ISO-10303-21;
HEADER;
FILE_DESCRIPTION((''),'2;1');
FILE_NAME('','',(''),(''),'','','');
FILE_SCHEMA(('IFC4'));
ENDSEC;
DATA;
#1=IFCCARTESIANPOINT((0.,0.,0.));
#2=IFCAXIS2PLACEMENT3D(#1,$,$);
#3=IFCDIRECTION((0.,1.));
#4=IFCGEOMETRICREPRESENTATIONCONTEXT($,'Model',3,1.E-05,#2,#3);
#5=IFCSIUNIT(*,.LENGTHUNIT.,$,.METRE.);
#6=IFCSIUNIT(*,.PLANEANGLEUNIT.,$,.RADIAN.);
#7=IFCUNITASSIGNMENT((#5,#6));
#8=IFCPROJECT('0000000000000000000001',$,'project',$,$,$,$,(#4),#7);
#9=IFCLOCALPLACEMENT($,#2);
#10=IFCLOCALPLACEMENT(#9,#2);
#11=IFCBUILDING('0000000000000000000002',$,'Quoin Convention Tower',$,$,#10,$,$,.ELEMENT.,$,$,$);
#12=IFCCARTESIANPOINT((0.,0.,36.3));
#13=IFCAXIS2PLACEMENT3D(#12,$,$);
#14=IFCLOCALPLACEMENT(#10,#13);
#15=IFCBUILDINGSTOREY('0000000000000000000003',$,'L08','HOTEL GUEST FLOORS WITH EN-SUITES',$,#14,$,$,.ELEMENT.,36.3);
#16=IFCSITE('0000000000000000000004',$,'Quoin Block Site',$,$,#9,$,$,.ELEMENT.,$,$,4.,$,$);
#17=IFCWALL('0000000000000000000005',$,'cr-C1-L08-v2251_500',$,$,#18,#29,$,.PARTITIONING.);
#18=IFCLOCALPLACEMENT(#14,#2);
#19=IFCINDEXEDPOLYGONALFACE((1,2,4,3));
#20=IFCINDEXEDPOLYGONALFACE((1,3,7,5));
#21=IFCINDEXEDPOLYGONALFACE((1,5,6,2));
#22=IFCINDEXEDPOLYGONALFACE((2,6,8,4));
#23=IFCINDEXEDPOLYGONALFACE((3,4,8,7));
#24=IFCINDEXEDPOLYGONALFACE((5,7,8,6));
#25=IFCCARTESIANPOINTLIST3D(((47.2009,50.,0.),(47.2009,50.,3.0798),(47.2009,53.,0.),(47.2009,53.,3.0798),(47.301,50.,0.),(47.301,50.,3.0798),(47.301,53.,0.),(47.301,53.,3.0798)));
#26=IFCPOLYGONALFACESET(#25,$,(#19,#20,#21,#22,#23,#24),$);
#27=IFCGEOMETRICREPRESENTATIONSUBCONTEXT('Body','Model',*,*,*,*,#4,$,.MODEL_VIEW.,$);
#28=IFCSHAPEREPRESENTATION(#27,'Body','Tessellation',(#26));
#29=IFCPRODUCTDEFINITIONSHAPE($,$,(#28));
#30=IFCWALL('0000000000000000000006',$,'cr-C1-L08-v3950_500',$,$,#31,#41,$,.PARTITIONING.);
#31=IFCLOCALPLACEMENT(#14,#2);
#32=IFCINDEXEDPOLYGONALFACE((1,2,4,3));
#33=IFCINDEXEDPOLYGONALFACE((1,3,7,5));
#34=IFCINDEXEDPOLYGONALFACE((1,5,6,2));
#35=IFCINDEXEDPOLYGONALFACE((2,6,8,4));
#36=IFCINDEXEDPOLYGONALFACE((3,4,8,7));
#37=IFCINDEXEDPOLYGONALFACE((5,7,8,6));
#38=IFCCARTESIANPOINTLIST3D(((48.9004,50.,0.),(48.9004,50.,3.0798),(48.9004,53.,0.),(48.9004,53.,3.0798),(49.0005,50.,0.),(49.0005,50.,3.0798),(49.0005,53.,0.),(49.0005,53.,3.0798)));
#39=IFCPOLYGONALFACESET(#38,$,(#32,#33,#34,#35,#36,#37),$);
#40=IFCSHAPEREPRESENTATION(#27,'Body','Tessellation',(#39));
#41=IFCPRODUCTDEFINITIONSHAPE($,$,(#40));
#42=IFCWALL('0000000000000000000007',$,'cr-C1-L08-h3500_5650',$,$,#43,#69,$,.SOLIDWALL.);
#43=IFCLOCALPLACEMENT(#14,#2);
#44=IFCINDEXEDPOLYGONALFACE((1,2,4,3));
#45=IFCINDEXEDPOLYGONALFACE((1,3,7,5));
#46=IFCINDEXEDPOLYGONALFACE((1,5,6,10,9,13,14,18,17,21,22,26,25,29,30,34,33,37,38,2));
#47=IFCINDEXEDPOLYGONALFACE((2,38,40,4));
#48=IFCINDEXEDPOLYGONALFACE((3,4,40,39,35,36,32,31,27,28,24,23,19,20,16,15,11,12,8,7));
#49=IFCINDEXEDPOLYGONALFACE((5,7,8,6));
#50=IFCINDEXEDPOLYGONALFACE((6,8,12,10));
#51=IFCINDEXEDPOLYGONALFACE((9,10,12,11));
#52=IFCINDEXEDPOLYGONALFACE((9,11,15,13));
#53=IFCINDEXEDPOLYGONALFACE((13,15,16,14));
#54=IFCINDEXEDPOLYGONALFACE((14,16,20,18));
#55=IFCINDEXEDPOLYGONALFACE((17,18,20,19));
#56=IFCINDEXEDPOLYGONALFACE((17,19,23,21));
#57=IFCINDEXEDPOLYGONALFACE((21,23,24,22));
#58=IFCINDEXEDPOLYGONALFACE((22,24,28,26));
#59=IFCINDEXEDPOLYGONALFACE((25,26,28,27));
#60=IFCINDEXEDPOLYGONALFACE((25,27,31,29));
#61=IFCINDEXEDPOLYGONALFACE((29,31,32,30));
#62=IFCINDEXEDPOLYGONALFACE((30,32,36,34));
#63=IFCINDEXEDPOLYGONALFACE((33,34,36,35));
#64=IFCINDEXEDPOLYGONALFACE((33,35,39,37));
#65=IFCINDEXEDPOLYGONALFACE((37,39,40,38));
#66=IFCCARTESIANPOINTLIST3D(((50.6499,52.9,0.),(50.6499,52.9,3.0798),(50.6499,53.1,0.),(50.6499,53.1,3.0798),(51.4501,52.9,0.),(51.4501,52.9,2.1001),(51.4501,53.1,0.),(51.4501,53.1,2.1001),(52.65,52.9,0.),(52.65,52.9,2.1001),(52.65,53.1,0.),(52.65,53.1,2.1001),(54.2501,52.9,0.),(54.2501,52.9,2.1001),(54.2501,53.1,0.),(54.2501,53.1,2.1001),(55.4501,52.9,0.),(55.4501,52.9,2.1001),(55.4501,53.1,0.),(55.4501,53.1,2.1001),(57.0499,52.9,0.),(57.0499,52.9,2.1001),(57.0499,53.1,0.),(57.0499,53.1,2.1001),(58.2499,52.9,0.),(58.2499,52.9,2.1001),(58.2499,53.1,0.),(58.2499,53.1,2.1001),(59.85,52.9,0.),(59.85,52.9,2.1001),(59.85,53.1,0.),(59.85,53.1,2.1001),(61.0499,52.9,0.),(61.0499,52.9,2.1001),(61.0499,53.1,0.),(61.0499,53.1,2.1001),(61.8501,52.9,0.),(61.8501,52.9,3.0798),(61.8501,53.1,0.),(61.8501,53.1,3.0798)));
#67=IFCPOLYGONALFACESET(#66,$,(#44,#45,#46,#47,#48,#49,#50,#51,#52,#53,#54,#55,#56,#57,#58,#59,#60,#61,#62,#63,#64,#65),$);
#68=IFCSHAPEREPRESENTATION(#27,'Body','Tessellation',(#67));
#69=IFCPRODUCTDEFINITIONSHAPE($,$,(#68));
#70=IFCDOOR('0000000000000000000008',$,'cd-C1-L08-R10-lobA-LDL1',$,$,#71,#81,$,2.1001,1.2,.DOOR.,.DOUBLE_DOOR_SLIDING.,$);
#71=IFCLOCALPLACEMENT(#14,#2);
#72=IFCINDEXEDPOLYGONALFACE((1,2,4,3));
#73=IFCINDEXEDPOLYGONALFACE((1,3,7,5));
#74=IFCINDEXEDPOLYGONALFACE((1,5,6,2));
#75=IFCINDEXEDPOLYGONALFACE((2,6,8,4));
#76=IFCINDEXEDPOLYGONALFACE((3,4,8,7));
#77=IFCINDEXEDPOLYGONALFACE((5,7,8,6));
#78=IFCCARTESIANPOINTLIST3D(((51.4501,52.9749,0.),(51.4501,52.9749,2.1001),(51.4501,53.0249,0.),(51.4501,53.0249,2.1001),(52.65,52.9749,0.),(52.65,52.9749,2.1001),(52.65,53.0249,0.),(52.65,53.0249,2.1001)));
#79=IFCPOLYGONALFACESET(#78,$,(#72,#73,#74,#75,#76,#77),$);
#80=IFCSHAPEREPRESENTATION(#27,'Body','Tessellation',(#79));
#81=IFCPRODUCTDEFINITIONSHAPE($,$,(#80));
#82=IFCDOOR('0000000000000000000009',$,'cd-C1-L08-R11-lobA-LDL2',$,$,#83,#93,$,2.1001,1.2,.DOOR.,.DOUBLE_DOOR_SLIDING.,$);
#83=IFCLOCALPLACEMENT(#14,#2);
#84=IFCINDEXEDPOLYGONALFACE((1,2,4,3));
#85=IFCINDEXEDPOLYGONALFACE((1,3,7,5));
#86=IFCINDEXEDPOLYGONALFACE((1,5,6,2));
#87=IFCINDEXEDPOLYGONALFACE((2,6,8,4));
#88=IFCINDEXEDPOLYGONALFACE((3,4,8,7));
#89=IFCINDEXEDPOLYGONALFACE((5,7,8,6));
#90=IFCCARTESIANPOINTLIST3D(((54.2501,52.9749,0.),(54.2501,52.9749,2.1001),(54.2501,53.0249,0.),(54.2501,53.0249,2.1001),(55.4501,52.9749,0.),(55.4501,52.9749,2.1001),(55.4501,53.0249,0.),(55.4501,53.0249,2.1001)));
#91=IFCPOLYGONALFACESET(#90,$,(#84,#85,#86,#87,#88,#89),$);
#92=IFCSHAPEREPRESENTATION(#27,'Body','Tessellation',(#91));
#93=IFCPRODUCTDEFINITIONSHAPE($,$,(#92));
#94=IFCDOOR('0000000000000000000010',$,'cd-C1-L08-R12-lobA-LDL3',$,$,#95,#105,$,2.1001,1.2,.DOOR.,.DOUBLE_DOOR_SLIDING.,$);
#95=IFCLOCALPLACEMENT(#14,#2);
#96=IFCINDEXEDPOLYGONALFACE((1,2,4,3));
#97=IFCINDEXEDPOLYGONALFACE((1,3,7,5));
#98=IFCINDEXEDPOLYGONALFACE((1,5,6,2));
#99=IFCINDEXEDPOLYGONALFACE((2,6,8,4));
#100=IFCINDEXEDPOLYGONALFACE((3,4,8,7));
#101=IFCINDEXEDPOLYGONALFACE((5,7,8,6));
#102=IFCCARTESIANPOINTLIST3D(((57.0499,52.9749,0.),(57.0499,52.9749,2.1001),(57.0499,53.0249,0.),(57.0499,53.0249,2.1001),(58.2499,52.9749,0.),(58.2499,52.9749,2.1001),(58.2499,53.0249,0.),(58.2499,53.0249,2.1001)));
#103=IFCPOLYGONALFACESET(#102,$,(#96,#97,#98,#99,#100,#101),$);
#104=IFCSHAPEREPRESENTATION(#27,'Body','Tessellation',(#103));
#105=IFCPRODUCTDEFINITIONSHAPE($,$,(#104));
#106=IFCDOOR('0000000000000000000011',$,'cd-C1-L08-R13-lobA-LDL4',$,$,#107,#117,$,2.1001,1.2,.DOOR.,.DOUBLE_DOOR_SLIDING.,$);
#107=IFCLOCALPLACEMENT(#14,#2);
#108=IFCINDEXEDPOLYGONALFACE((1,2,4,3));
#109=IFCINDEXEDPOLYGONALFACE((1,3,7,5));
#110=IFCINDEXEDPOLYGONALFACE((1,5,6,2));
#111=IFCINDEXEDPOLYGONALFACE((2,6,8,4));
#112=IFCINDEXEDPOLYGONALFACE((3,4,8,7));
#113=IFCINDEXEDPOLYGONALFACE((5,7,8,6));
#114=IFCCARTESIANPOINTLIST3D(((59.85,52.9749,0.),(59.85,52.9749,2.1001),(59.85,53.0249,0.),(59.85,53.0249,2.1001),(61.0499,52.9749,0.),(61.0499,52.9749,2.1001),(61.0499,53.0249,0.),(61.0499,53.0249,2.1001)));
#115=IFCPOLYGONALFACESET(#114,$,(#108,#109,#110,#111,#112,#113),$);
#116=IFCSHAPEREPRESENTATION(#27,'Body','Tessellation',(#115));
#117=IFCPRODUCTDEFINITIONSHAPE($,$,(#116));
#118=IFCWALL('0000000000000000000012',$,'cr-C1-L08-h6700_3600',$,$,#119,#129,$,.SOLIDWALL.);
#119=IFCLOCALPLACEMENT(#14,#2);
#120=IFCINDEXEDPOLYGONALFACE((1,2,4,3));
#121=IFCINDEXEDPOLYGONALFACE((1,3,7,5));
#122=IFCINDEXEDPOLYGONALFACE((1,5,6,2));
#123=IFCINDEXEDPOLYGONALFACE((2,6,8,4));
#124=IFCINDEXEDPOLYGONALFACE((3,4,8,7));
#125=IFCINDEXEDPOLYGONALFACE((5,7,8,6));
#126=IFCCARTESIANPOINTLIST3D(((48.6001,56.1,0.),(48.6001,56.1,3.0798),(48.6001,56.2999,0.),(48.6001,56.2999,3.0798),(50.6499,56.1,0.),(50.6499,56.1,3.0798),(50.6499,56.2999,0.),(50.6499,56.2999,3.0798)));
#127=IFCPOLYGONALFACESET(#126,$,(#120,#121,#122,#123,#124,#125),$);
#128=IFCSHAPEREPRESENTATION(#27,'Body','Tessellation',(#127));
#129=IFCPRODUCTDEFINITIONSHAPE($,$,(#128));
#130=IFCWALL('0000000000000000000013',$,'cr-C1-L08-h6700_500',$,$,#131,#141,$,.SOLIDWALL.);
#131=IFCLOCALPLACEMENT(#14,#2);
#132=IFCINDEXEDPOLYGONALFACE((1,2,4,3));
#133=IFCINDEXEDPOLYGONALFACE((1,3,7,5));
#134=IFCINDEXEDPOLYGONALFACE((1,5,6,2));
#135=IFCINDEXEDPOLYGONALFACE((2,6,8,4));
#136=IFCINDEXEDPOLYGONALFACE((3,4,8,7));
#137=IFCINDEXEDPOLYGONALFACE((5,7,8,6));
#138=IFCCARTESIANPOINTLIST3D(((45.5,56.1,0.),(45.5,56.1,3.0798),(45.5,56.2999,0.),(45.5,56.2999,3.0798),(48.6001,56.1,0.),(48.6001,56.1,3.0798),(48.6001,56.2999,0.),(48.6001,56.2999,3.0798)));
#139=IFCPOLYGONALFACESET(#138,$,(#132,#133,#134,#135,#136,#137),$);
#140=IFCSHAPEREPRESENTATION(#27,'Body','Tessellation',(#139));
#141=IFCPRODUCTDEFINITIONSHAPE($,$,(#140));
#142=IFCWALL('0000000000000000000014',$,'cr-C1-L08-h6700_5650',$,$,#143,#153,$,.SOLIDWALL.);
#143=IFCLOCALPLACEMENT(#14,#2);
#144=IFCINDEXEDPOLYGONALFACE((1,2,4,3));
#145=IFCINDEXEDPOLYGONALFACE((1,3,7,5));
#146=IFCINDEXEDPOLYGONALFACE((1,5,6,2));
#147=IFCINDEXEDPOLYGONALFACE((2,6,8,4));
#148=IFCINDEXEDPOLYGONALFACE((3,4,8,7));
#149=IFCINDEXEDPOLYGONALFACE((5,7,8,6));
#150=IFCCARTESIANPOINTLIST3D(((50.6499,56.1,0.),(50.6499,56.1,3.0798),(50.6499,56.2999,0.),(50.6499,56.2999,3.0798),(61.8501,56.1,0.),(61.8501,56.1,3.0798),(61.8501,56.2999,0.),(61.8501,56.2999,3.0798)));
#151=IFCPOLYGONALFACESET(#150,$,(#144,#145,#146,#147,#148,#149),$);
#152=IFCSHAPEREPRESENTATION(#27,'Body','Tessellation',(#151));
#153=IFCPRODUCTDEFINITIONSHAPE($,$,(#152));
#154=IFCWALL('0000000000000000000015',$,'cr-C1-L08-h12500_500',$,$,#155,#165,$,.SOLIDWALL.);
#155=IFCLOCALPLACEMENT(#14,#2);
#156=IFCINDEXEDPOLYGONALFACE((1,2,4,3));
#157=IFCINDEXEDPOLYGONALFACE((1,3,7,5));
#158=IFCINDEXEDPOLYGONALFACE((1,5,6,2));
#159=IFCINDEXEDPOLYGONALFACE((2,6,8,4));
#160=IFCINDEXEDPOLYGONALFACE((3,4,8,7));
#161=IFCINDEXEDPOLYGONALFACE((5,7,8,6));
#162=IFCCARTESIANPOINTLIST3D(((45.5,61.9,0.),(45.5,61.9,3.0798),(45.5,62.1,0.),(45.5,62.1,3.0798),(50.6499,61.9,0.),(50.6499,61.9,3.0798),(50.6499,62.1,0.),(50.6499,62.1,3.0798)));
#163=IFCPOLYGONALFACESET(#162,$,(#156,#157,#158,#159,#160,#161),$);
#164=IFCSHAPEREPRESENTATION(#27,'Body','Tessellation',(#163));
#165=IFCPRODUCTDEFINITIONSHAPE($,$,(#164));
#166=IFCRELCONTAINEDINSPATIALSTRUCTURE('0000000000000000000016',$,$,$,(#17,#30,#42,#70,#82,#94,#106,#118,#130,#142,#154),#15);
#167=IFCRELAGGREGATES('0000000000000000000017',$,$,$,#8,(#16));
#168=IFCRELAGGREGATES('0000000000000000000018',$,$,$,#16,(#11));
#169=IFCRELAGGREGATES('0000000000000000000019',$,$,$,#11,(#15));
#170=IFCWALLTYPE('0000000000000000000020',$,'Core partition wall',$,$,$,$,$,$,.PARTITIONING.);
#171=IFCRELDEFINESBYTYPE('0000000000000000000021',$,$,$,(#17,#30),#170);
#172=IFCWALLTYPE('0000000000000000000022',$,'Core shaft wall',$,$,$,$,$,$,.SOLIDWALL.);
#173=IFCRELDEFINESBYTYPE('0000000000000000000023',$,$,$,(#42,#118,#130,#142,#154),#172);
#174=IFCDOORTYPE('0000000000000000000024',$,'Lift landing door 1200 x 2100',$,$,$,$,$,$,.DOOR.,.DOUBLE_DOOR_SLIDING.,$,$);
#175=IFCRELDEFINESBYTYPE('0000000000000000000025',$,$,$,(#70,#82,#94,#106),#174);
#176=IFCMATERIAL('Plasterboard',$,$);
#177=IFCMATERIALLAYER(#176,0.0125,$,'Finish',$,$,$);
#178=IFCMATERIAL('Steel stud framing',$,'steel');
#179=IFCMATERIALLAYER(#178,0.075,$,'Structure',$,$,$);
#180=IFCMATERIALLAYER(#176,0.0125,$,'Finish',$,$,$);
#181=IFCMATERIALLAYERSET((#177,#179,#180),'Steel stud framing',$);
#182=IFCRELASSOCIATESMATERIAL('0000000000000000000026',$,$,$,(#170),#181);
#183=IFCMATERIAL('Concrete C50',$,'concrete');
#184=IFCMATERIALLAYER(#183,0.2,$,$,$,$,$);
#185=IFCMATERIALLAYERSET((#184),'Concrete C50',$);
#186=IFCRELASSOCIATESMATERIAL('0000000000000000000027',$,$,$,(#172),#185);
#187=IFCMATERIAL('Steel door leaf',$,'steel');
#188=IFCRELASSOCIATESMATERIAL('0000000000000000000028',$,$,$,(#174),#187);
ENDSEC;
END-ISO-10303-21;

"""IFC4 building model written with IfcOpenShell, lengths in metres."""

from ifc_helpers import new_model, si_unit, direction, frame, frame_2d, origin, place, context, subcontext, project, spatial, rectangle, extrude, material, layer, layer_set, type_object, element, fill, save


model = new_model("IFC4")

# Units and contexts
model_context = context("Model", 3, precision=1e-05, world=origin(), true_north=direction((0.0, 1.0)))
body_context = subcontext(model_context, "Body", "Model", "MODEL_VIEW")
ifc_project = project(units=[si_unit("LENGTHUNIT", "METRE"), si_unit("PLANEANGLEUNIT", "RADIAN")], contexts=[model_context])

# Site, building, storey
site_placement = place(None, origin())
site = spatial("IfcSite", under=ifc_project, at=site_placement, Name="Quoin Block Site", CompositionType="ELEMENT", RefElevation=4.0)
building_placement = place(site_placement, origin())
building = spatial("IfcBuilding", under=site, at=building_placement, Name="Quoin Convention Tower", CompositionType="ELEMENT")
storey_placement = place(building_placement, frame((0.0, 0.0, 36.3)))
storey = spatial("IfcBuildingStorey", under=building, at=storey_placement, Name="L08", Description="HOTEL GUEST FLOORS WITH EN-SUITES", CompositionType="ELEMENT", Elevation=36.3)

# Walls
ifc_material_1 = material(Name="Plasterboard")
ifc_layer_1 = layer(ifc_material_1, 0.0125, Name="Finish")
ifc_material_2 = material(Name="Steel stud framing", Category="steel")
ifc_layer_2 = layer(ifc_material_2, 0.075, Name="Structure")
ifc_layer_3 = layer(ifc_material_1, 0.0125, Name="Finish")
ifc_layer_set_1 = layer_set([ifc_layer_1, ifc_layer_2, ifc_layer_3], Name="Steel stud framing")
wall_type_1 = type_object("IfcWallType", Name="Core partition wall", PredefinedType="PARTITIONING", material=ifc_layer_set_1)
for number, where, z_axis, x_axis, name in (
    (1, (47.251, 50.0, 0.0), (0.0, 0.0, 1.0), (0.0, 1.0, 0.0), "cr-C1-L08-v2251_500"),
    (2, (48.9504, 50.0, 0.0), (0.0, 0.0, 1.0), (0.0, 1.0, 0.0), "cr-C1-L08-v3950_500"),
):
    element("IfcWall", number, at=place(storey_placement, frame(where, z_axis=z_axis, x_axis=x_axis)), inside=storey, type_object=wall_type_1, Name=name, PredefinedType="PARTITIONING", context=body_context, shape_type="SweptSolid", body=[
        extrude(rectangle(XDim=3.0, YDim=0.1001, at=frame_2d((1.5, 0.0))), origin(), (0.0, 0.0, 1.0), 3.0798),
    ])

# Wall, openings, doors
ifc_material_3 = material(Name="Concrete C50", Category="concrete")
ifc_layer_4 = layer(ifc_material_3, 0.2)
ifc_layer_set_2 = layer_set([ifc_layer_4], Name="Concrete C50")
wall_type_2 = type_object("IfcWallType", Name="Core shaft wall", PredefinedType="SOLIDWALL", material=ifc_layer_set_2)
wall_1_placement = place(storey_placement, frame((50.6499, 53.0, 0.0), z_axis=(0.0, 0.0, 1.0), x_axis=(1.0, 0.0, 0.0)))
wall_1 = element("IfcWall", 3, at=wall_1_placement, inside=storey, type_object=wall_type_2, Name="cr-C1-L08-h3500_5650", PredefinedType="SOLIDWALL", context=body_context, shape_type="SweptSolid", body=[
    extrude(rectangle(XDim=11.2002, YDim=0.2, at=frame_2d((5.6001, 0.0))), origin(), (0.0, 0.0, 1.0), 3.0798),
])
opening_1_placement = place(wall_1_placement, frame((0.8, 0.0, 0.0)))
opening_1 = element("IfcOpeningElement", 4, at=opening_1_placement, cuts=wall_1, PredefinedType="OPENING", context=body_context, shape_type="SweptSolid", body=[
    extrude(rectangle(XDim=1.2, YDim=2.1001, at=frame_2d((0.6001, 1.05))), frame((0.0, 0.1099, 0.0), z_axis=(0.0, -1.0, 0.0), x_axis=(1.0, 0.0, 0.0)), (0.0, 0.0, 1.0), 0.22),
])
opening_2_placement = place(wall_1_placement, frame((3.6001, 0.0, 0.0)))
opening_2 = element("IfcOpeningElement", 5, at=opening_2_placement, cuts=wall_1, PredefinedType="OPENING", context=body_context, shape_type="SweptSolid", body=[
    extrude(rectangle(XDim=1.2, YDim=2.1001, at=frame_2d((0.6001, 1.05))), frame((0.0, 0.1099, 0.0), z_axis=(0.0, -1.0, 0.0), x_axis=(1.0, 0.0, 0.0)), (0.0, 0.0, 1.0), 0.22),
])
opening_3_placement = place(wall_1_placement, frame((6.3999, 0.0, 0.0)))
opening_3 = element("IfcOpeningElement", 6, at=opening_3_placement, cuts=wall_1, PredefinedType="OPENING", context=body_context, shape_type="SweptSolid", body=[
    extrude(rectangle(XDim=1.2, YDim=2.1001, at=frame_2d((0.6001, 1.05))), frame((0.0, 0.1099, 0.0), z_axis=(0.0, -1.0, 0.0), x_axis=(1.0, 0.0, 0.0)), (0.0, 0.0, 1.0), 0.22),
])
opening_4_placement = place(wall_1_placement, frame((9.2, 0.0, 0.0)))
opening_4 = element("IfcOpeningElement", 7, at=opening_4_placement, cuts=wall_1, PredefinedType="OPENING", context=body_context, shape_type="SweptSolid", body=[
    extrude(rectangle(XDim=1.2, YDim=2.1001, at=frame_2d((0.6001, 1.05))), frame((0.0, 0.1099, 0.0), z_axis=(0.0, -1.0, 0.0), x_axis=(1.0, 0.0, 0.0)), (0.0, 0.0, 1.0), 0.22),
])
ifc_material_4 = material(Name="Steel door leaf", Category="steel")
door_type_1 = type_object("IfcDoorType", Name="Lift landing door 1200 x 2100", OperationType="DOUBLE_DOOR_SLIDING", PredefinedType="DOOR", material=ifc_material_4)
door_1_placement = place(opening_1_placement, origin())
door_1 = element("IfcDoor", 8, at=door_1_placement, inside=storey, type_object=door_type_1, Name="cd-C1-L08-R10-lobA-LDL1", OperationType="DOUBLE_DOOR_SLIDING", OverallHeight=2.1001, OverallWidth=1.2, PredefinedType="DOOR", context=body_context, shape_type="SweptSolid", body=[
    extrude(rectangle(XDim=1.2, YDim=2.1001, at=frame_2d((0.6001, 1.05))), frame((0.0, 0.0249, 0.0), z_axis=(0.0, -1.0, 0.0), x_axis=(1.0, 0.0, 0.0)), (0.0, 0.0, 1.0), 0.05),
])
fill(opening_1, door_1)
door_2_placement = place(opening_2_placement, origin())
door_2 = element("IfcDoor", 9, at=door_2_placement, inside=storey, type_object=door_type_1, Name="cd-C1-L08-R11-lobA-LDL2", OperationType="DOUBLE_DOOR_SLIDING", OverallHeight=2.1001, OverallWidth=1.2, PredefinedType="DOOR", context=body_context, shape_type="SweptSolid", body=[
    extrude(rectangle(XDim=1.2, YDim=2.1001, at=frame_2d((0.6001, 1.05))), frame((0.0, 0.0249, 0.0), z_axis=(0.0, -1.0, 0.0), x_axis=(1.0, 0.0, 0.0)), (0.0, 0.0, 1.0), 0.05),
])
fill(opening_2, door_2)
door_3_placement = place(opening_3_placement, origin())
door_3 = element("IfcDoor", 10, at=door_3_placement, inside=storey, type_object=door_type_1, Name="cd-C1-L08-R12-lobA-LDL3", OperationType="DOUBLE_DOOR_SLIDING", OverallHeight=2.1001, OverallWidth=1.2, PredefinedType="DOOR", context=body_context, shape_type="SweptSolid", body=[
    extrude(rectangle(XDim=1.2, YDim=2.1001, at=frame_2d((0.6001, 1.05))), frame((0.0, 0.0249, 0.0), z_axis=(0.0, -1.0, 0.0), x_axis=(1.0, 0.0, 0.0)), (0.0, 0.0, 1.0), 0.05),
])
fill(opening_3, door_3)
door_4_placement = place(opening_4_placement, origin())
door_4 = element("IfcDoor", 11, at=door_4_placement, inside=storey, type_object=door_type_1, Name="cd-C1-L08-R13-lobA-LDL4", OperationType="DOUBLE_DOOR_SLIDING", OverallHeight=2.1001, OverallWidth=1.2, PredefinedType="DOOR", context=body_context, shape_type="SweptSolid", body=[
    extrude(rectangle(XDim=1.2, YDim=2.1001, at=frame_2d((0.6001, 1.05))), frame((0.0, 0.0249, 0.0), z_axis=(0.0, -1.0, 0.0), x_axis=(1.0, 0.0, 0.0)), (0.0, 0.0, 1.0), 0.05),
])
fill(opening_4, door_4)

# Walls
wall_2_placement = place(storey_placement, frame((48.6001, 56.2, 0.0), z_axis=(0.0, 0.0, 1.0), x_axis=(1.0, 0.0, 0.0)))
element("IfcWall", 12, at=wall_2_placement, inside=storey, type_object=wall_type_2, Name="cr-C1-L08-h6700_3600", PredefinedType="SOLIDWALL", context=body_context, shape_type="SweptSolid", body=[
    extrude(rectangle(XDim=2.0498, YDim=0.2, at=frame_2d((1.0249, 0.0))), origin(), (0.0, 0.0, 1.0), 3.0798),
])
wall_3_placement = place(storey_placement, frame((45.5, 56.2, 0.0), z_axis=(0.0, 0.0, 1.0), x_axis=(1.0, 0.0, 0.0)))
element("IfcWall", 13, at=wall_3_placement, inside=storey, type_object=wall_type_2, Name="cr-C1-L08-h6700_500", PredefinedType="SOLIDWALL", context=body_context, shape_type="SweptSolid", body=[
    extrude(rectangle(XDim=3.1001, YDim=0.2, at=frame_2d((1.55, 0.0))), origin(), (0.0, 0.0, 1.0), 3.0798),
])
wall_4_placement = place(storey_placement, frame((50.6499, 56.2, 0.0), z_axis=(0.0, 0.0, 1.0), x_axis=(1.0, 0.0, 0.0)))
element("IfcWall", 14, at=wall_4_placement, inside=storey, type_object=wall_type_2, Name="cr-C1-L08-h6700_5650", PredefinedType="SOLIDWALL", context=body_context, shape_type="SweptSolid", body=[
    extrude(rectangle(XDim=11.2002, YDim=0.2, at=frame_2d((5.6001, 0.0))), origin(), (0.0, 0.0, 1.0), 3.0798),
])
wall_5_placement = place(storey_placement, frame((45.5, 62.0, 0.0), z_axis=(0.0, 0.0, 1.0), x_axis=(1.0, 0.0, 0.0)))
element("IfcWall", 15, at=wall_5_placement, inside=storey, type_object=wall_type_2, Name="cr-C1-L08-h12500_500", PredefinedType="SOLIDWALL", context=body_context, shape_type="SweptSolid", body=[
    extrude(rectangle(XDim=5.1499, YDim=0.2, at=frame_2d((2.575, 0.0))), origin(), (0.0, 0.0, 1.0), 3.0798),
])

save(model, "model.ifc")
